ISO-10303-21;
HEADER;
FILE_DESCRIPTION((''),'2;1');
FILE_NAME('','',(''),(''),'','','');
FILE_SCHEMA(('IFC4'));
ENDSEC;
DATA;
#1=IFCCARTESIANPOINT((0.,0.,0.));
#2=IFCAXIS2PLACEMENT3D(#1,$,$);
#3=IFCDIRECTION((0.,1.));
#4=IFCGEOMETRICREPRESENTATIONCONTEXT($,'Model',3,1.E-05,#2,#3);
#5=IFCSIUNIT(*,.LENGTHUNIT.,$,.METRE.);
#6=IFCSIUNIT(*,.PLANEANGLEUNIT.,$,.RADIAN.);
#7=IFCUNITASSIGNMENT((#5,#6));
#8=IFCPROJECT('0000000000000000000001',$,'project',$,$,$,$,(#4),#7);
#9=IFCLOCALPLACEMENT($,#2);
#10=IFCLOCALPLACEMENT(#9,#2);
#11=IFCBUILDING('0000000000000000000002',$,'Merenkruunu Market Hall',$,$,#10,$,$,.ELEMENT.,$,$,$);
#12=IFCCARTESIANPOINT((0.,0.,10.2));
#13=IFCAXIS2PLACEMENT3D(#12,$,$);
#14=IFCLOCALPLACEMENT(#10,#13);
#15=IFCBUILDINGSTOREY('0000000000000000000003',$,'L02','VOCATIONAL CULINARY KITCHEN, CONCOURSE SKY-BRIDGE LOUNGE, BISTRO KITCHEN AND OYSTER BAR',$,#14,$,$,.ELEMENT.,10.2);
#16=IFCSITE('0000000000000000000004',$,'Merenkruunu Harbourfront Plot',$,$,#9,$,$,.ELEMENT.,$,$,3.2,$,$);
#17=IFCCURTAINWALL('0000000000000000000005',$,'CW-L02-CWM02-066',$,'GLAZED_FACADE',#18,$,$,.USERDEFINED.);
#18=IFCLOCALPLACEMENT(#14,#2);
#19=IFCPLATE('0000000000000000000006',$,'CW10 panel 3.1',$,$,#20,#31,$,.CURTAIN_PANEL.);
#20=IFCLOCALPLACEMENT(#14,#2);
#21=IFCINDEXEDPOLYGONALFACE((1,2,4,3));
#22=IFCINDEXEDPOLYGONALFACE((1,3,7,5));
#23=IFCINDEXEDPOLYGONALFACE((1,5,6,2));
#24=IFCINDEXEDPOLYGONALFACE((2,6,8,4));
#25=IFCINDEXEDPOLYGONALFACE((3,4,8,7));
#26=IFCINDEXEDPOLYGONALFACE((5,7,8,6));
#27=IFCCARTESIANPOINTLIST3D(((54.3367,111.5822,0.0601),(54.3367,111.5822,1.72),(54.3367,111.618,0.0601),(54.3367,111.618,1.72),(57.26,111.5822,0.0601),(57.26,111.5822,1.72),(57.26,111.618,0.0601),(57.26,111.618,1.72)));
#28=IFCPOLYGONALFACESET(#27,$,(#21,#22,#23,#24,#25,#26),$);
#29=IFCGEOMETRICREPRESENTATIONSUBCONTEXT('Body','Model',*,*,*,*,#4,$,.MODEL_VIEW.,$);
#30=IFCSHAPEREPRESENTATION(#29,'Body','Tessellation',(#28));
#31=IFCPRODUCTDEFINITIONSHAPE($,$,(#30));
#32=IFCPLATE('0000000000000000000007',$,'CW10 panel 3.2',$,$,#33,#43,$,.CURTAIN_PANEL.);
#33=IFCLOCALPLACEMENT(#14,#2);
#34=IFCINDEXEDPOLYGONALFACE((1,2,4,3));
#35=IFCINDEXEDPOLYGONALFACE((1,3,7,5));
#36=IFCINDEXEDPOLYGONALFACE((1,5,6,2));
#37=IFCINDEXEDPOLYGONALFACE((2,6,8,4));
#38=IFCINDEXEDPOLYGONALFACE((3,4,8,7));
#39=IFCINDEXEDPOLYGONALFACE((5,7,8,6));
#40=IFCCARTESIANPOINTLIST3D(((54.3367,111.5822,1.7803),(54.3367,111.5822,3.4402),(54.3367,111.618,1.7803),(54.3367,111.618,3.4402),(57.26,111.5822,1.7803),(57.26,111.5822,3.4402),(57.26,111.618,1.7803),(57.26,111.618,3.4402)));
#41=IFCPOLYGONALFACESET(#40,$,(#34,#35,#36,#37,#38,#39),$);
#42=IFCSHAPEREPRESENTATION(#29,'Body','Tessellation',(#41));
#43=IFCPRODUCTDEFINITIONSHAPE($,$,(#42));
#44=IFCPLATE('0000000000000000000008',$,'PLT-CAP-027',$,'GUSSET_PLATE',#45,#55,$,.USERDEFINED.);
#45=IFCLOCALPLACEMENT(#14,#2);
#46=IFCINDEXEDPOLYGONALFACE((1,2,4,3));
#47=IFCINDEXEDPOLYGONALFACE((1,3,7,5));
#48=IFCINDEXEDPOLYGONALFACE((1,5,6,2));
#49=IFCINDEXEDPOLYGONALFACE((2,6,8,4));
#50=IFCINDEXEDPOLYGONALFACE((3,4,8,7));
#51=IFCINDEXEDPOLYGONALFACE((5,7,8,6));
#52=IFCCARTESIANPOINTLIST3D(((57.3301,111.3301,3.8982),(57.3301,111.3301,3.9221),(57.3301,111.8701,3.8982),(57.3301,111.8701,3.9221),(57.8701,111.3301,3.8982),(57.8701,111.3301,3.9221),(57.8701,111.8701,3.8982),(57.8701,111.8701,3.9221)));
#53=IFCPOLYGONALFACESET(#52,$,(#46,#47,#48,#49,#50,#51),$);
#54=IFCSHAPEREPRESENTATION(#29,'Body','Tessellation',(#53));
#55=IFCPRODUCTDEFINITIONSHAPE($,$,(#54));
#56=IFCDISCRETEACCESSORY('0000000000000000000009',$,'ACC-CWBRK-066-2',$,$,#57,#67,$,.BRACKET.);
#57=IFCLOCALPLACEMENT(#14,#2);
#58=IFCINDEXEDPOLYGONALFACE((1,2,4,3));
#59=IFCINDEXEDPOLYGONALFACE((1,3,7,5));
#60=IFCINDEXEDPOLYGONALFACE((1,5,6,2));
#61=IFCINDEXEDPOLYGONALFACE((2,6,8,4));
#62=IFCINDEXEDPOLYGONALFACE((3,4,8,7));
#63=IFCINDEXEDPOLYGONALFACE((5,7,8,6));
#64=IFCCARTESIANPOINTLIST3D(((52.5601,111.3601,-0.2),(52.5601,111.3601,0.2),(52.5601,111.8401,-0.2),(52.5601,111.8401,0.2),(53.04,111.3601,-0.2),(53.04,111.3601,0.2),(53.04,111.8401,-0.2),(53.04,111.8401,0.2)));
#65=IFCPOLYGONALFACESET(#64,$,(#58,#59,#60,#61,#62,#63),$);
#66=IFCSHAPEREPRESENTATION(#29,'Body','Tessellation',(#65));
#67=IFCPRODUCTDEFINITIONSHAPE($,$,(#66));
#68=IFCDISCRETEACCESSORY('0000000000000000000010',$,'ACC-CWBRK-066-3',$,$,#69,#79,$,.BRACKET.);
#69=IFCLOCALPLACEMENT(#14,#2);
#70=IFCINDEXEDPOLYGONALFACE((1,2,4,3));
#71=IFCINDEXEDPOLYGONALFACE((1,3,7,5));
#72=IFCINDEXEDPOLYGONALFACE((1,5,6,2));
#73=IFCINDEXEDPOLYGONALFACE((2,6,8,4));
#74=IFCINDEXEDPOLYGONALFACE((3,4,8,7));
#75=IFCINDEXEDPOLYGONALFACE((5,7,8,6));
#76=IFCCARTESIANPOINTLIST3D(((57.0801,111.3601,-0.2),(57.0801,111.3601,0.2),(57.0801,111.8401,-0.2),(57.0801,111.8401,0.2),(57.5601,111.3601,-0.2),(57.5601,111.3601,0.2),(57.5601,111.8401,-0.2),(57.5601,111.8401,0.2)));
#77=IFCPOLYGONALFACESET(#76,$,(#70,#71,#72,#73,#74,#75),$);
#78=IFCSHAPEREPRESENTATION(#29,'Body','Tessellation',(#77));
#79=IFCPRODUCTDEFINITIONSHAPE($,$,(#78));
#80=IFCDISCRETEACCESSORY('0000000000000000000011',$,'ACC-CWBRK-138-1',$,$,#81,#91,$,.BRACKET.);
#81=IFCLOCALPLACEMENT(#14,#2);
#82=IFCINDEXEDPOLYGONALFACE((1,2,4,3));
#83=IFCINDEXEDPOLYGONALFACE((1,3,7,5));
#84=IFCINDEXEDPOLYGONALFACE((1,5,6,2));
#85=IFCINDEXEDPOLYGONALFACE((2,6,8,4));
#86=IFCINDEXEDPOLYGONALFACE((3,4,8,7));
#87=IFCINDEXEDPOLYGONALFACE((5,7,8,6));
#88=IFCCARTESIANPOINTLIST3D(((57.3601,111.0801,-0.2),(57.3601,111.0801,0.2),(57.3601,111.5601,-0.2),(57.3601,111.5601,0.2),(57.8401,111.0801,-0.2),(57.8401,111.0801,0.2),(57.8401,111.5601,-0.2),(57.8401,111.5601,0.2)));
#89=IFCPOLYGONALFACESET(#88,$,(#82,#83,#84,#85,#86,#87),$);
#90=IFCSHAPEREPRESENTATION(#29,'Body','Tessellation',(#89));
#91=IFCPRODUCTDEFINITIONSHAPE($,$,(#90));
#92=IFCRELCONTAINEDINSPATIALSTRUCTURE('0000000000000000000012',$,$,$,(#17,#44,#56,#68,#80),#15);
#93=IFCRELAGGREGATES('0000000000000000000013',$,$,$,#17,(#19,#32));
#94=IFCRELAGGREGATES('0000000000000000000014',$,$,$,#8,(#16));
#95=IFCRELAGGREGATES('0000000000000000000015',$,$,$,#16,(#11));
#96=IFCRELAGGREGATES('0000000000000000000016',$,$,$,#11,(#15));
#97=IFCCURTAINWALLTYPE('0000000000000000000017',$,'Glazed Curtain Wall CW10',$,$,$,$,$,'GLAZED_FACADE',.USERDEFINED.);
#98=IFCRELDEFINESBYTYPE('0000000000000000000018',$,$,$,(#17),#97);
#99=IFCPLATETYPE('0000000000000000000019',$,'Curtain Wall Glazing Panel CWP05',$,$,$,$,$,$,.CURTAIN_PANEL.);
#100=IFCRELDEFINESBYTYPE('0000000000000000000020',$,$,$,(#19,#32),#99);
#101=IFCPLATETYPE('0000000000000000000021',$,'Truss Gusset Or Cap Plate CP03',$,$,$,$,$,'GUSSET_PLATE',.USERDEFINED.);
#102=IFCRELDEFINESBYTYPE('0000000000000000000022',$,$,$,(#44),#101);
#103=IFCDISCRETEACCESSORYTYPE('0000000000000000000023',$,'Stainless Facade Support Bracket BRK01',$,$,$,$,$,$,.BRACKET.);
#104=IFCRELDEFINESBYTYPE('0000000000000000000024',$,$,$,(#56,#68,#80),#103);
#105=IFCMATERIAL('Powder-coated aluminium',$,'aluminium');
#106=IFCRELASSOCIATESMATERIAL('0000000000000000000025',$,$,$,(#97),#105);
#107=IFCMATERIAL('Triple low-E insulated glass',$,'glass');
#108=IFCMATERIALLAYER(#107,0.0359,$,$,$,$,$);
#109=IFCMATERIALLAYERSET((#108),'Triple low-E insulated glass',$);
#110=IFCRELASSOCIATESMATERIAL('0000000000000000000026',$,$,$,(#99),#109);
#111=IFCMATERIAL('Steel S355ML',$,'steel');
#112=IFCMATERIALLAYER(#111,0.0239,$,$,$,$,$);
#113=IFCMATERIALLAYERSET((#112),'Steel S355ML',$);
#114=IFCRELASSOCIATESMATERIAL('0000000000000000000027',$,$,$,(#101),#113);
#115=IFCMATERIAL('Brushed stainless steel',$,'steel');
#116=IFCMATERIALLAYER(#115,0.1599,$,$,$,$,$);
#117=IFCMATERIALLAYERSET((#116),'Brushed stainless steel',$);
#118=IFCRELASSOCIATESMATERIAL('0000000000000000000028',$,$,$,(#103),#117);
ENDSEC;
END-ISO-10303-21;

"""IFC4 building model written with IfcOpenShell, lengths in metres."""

from ifc_helpers import new_model, si_unit, direction, frame, origin, origin_2d, place, context, subcontext, project, spatial, rectangle, extrude, material, layer, layer_set, type_object, element, aggregate, save


model = new_model("IFC4")

# Units and contexts
model_context = context("Model", 3, precision=1e-05, world=origin(), true_north=direction((0.0, 1.0)))
body_context = subcontext(model_context, "Body", "Model", "MODEL_VIEW")
ifc_project = project(units=[si_unit("LENGTHUNIT", "METRE"), si_unit("PLANEANGLEUNIT", "RADIAN")], contexts=[model_context])

# Site, building, storey
site_placement = place(None, origin())
site = spatial("IfcSite", under=ifc_project, at=site_placement, Name="Merenkruunu Harbourfront Plot", CompositionType="ELEMENT", RefElevation=3.2)
building_placement = place(site_placement, origin())
building = spatial("IfcBuilding", under=site, at=building_placement, Name="Merenkruunu Market Hall", CompositionType="ELEMENT")
storey_placement = place(building_placement, frame((0.0, 0.0, 10.2)))
storey = spatial("IfcBuildingStorey", under=building, at=storey_placement, Name="L02", Description="VOCATIONAL CULINARY KITCHEN, CONCOURSE SKY-BRIDGE LOUNGE, BISTRO KITCHEN AND OYSTER BAR", CompositionType="ELEMENT", Elevation=10.2)

# Shared definitions
ifc_material_1 = material(Name="Steel S355ML", Category="steel")

# Curtain wall
ifc_material_2 = material(Name="Powder-coated aluminium", Category="aluminium")
curtain_wall_type_1 = type_object("IfcCurtainWallType", Name="Glazed Curtain Wall CW10", ElementType="GLAZED_FACADE", PredefinedType="USERDEFINED", material=ifc_material_2)
curtain_wall_1_placement = place(storey_placement, origin())
curtain_wall_1 = element("IfcCurtainWall", 1, at=curtain_wall_1_placement, inside=storey, type_object=curtain_wall_type_1, Name="CW-L02-CWM02-066", ObjectType="GLAZED_FACADE", PredefinedType="USERDEFINED")

# Plates
ifc_material_3 = material(Name="Triple low-E insulated glass", Category="glass")
ifc_layer_1 = layer(ifc_material_3, 0.0359)
ifc_layer_set_1 = layer_set([ifc_layer_1], Name="Triple low-E insulated glass")
plate_type_1 = type_object("IfcPlateType", Name="Curtain Wall Glazing Panel CWP05", PredefinedType="CURTAIN_PANEL", material=ifc_layer_set_1)
plate_1_placement = place(storey_placement, frame((55.7983, 111.6001, 0.0601), z_axis=(0.0, 0.0, 1.0), x_axis=(1.0, 0.0, 0.0)))
plate_1 = element("IfcPlate", 2, at=plate_1_placement, type_object=plate_type_1, Name="CW10 panel 3.1", PredefinedType="CURTAIN_PANEL", context=body_context, shape_type="SweptSolid", body=[
    extrude(rectangle(XDim=2.9233, YDim=0.0359, at=origin_2d()), origin(), (0.0, 0.0, 1.0), 1.6599),
])
plate_2_placement = place(storey_placement, frame((55.7983, 111.6001, 1.7803), z_axis=(0.0, 0.0, 1.0), x_axis=(1.0, 0.0, 0.0)))
plate_2 = element("IfcPlate", 3, at=plate_2_placement, type_object=plate_type_1, Name="CW10 panel 3.2", PredefinedType="CURTAIN_PANEL", context=body_context, shape_type="SweptSolid", body=[
    extrude(rectangle(XDim=2.9233, YDim=0.0359, at=origin_2d()), origin(), (0.0, 0.0, 1.0), 1.6599),
])
aggregate(curtain_wall_1, [plate_1, plate_2])
ifc_layer_2 = layer(ifc_material_1, 0.0239)
ifc_layer_set_2 = layer_set([ifc_layer_2], Name="Steel S355ML")
plate_type_2 = type_object("IfcPlateType", Name="Truss Gusset Or Cap Plate CP03", ElementType="GUSSET_PLATE", PredefinedType="USERDEFINED", material=ifc_layer_set_2)
plate_3_placement = place(storey_placement, frame((57.6001, 111.6001, 3.8982), z_axis=(0.0, 0.0, 1.0), x_axis=(1.0, 0.0, 0.0)))
element("IfcPlate", 4, at=plate_3_placement, inside=storey, type_object=plate_type_2, Name="PLT-CAP-027", ObjectType="GUSSET_PLATE", PredefinedType="USERDEFINED", context=body_context, shape_type="SweptSolid", body=[
    extrude(rectangle(XDim=0.54, YDim=0.54, at=origin_2d()), origin(), (0.0, 0.0, 1.0), 0.0239),
])

# Discrete accessories
ifc_material_4 = material(Name="Brushed stainless steel", Category="steel")
ifc_layer_3 = layer(ifc_material_4, 0.1599)
ifc_layer_set_3 = layer_set([ifc_layer_3], Name="Brushed stainless steel")
discrete_accessory_type = type_object("IfcDiscreteAccessoryType", Name="Stainless Facade Support Bracket BRK01", PredefinedType="BRACKET", material=ifc_layer_set_3)
for number, where, z_axis, x_axis, name in (
    (5, (52.8, 111.6001, -0.2), (0.0, 0.0, 1.0), (1.0, 0.0, 0.0), "ACC-CWBRK-066-2"),
    (6, (57.3201, 111.6001, -0.2), (0.0, 0.0, 1.0), (1.0, 0.0, 0.0), "ACC-CWBRK-066-3"),
    (7, (57.6001, 111.3201, -0.2), (0.0, 0.0, 1.0), (1.0, 0.0, 0.0), "ACC-CWBRK-138-1"),
):
    element("IfcDiscreteAccessory", number, at=place(storey_placement, frame(where, z_axis=z_axis, x_axis=x_axis)), inside=storey, type_object=discrete_accessory_type, Name=name, PredefinedType="BRACKET", context=body_context, shape_type="SweptSolid", body=[
        extrude(rectangle(XDim=0.48, YDim=0.48, at=origin_2d()), origin(), (0.0, 0.0, 1.0), 0.3999),
    ])

save(model, "model.ifc")
